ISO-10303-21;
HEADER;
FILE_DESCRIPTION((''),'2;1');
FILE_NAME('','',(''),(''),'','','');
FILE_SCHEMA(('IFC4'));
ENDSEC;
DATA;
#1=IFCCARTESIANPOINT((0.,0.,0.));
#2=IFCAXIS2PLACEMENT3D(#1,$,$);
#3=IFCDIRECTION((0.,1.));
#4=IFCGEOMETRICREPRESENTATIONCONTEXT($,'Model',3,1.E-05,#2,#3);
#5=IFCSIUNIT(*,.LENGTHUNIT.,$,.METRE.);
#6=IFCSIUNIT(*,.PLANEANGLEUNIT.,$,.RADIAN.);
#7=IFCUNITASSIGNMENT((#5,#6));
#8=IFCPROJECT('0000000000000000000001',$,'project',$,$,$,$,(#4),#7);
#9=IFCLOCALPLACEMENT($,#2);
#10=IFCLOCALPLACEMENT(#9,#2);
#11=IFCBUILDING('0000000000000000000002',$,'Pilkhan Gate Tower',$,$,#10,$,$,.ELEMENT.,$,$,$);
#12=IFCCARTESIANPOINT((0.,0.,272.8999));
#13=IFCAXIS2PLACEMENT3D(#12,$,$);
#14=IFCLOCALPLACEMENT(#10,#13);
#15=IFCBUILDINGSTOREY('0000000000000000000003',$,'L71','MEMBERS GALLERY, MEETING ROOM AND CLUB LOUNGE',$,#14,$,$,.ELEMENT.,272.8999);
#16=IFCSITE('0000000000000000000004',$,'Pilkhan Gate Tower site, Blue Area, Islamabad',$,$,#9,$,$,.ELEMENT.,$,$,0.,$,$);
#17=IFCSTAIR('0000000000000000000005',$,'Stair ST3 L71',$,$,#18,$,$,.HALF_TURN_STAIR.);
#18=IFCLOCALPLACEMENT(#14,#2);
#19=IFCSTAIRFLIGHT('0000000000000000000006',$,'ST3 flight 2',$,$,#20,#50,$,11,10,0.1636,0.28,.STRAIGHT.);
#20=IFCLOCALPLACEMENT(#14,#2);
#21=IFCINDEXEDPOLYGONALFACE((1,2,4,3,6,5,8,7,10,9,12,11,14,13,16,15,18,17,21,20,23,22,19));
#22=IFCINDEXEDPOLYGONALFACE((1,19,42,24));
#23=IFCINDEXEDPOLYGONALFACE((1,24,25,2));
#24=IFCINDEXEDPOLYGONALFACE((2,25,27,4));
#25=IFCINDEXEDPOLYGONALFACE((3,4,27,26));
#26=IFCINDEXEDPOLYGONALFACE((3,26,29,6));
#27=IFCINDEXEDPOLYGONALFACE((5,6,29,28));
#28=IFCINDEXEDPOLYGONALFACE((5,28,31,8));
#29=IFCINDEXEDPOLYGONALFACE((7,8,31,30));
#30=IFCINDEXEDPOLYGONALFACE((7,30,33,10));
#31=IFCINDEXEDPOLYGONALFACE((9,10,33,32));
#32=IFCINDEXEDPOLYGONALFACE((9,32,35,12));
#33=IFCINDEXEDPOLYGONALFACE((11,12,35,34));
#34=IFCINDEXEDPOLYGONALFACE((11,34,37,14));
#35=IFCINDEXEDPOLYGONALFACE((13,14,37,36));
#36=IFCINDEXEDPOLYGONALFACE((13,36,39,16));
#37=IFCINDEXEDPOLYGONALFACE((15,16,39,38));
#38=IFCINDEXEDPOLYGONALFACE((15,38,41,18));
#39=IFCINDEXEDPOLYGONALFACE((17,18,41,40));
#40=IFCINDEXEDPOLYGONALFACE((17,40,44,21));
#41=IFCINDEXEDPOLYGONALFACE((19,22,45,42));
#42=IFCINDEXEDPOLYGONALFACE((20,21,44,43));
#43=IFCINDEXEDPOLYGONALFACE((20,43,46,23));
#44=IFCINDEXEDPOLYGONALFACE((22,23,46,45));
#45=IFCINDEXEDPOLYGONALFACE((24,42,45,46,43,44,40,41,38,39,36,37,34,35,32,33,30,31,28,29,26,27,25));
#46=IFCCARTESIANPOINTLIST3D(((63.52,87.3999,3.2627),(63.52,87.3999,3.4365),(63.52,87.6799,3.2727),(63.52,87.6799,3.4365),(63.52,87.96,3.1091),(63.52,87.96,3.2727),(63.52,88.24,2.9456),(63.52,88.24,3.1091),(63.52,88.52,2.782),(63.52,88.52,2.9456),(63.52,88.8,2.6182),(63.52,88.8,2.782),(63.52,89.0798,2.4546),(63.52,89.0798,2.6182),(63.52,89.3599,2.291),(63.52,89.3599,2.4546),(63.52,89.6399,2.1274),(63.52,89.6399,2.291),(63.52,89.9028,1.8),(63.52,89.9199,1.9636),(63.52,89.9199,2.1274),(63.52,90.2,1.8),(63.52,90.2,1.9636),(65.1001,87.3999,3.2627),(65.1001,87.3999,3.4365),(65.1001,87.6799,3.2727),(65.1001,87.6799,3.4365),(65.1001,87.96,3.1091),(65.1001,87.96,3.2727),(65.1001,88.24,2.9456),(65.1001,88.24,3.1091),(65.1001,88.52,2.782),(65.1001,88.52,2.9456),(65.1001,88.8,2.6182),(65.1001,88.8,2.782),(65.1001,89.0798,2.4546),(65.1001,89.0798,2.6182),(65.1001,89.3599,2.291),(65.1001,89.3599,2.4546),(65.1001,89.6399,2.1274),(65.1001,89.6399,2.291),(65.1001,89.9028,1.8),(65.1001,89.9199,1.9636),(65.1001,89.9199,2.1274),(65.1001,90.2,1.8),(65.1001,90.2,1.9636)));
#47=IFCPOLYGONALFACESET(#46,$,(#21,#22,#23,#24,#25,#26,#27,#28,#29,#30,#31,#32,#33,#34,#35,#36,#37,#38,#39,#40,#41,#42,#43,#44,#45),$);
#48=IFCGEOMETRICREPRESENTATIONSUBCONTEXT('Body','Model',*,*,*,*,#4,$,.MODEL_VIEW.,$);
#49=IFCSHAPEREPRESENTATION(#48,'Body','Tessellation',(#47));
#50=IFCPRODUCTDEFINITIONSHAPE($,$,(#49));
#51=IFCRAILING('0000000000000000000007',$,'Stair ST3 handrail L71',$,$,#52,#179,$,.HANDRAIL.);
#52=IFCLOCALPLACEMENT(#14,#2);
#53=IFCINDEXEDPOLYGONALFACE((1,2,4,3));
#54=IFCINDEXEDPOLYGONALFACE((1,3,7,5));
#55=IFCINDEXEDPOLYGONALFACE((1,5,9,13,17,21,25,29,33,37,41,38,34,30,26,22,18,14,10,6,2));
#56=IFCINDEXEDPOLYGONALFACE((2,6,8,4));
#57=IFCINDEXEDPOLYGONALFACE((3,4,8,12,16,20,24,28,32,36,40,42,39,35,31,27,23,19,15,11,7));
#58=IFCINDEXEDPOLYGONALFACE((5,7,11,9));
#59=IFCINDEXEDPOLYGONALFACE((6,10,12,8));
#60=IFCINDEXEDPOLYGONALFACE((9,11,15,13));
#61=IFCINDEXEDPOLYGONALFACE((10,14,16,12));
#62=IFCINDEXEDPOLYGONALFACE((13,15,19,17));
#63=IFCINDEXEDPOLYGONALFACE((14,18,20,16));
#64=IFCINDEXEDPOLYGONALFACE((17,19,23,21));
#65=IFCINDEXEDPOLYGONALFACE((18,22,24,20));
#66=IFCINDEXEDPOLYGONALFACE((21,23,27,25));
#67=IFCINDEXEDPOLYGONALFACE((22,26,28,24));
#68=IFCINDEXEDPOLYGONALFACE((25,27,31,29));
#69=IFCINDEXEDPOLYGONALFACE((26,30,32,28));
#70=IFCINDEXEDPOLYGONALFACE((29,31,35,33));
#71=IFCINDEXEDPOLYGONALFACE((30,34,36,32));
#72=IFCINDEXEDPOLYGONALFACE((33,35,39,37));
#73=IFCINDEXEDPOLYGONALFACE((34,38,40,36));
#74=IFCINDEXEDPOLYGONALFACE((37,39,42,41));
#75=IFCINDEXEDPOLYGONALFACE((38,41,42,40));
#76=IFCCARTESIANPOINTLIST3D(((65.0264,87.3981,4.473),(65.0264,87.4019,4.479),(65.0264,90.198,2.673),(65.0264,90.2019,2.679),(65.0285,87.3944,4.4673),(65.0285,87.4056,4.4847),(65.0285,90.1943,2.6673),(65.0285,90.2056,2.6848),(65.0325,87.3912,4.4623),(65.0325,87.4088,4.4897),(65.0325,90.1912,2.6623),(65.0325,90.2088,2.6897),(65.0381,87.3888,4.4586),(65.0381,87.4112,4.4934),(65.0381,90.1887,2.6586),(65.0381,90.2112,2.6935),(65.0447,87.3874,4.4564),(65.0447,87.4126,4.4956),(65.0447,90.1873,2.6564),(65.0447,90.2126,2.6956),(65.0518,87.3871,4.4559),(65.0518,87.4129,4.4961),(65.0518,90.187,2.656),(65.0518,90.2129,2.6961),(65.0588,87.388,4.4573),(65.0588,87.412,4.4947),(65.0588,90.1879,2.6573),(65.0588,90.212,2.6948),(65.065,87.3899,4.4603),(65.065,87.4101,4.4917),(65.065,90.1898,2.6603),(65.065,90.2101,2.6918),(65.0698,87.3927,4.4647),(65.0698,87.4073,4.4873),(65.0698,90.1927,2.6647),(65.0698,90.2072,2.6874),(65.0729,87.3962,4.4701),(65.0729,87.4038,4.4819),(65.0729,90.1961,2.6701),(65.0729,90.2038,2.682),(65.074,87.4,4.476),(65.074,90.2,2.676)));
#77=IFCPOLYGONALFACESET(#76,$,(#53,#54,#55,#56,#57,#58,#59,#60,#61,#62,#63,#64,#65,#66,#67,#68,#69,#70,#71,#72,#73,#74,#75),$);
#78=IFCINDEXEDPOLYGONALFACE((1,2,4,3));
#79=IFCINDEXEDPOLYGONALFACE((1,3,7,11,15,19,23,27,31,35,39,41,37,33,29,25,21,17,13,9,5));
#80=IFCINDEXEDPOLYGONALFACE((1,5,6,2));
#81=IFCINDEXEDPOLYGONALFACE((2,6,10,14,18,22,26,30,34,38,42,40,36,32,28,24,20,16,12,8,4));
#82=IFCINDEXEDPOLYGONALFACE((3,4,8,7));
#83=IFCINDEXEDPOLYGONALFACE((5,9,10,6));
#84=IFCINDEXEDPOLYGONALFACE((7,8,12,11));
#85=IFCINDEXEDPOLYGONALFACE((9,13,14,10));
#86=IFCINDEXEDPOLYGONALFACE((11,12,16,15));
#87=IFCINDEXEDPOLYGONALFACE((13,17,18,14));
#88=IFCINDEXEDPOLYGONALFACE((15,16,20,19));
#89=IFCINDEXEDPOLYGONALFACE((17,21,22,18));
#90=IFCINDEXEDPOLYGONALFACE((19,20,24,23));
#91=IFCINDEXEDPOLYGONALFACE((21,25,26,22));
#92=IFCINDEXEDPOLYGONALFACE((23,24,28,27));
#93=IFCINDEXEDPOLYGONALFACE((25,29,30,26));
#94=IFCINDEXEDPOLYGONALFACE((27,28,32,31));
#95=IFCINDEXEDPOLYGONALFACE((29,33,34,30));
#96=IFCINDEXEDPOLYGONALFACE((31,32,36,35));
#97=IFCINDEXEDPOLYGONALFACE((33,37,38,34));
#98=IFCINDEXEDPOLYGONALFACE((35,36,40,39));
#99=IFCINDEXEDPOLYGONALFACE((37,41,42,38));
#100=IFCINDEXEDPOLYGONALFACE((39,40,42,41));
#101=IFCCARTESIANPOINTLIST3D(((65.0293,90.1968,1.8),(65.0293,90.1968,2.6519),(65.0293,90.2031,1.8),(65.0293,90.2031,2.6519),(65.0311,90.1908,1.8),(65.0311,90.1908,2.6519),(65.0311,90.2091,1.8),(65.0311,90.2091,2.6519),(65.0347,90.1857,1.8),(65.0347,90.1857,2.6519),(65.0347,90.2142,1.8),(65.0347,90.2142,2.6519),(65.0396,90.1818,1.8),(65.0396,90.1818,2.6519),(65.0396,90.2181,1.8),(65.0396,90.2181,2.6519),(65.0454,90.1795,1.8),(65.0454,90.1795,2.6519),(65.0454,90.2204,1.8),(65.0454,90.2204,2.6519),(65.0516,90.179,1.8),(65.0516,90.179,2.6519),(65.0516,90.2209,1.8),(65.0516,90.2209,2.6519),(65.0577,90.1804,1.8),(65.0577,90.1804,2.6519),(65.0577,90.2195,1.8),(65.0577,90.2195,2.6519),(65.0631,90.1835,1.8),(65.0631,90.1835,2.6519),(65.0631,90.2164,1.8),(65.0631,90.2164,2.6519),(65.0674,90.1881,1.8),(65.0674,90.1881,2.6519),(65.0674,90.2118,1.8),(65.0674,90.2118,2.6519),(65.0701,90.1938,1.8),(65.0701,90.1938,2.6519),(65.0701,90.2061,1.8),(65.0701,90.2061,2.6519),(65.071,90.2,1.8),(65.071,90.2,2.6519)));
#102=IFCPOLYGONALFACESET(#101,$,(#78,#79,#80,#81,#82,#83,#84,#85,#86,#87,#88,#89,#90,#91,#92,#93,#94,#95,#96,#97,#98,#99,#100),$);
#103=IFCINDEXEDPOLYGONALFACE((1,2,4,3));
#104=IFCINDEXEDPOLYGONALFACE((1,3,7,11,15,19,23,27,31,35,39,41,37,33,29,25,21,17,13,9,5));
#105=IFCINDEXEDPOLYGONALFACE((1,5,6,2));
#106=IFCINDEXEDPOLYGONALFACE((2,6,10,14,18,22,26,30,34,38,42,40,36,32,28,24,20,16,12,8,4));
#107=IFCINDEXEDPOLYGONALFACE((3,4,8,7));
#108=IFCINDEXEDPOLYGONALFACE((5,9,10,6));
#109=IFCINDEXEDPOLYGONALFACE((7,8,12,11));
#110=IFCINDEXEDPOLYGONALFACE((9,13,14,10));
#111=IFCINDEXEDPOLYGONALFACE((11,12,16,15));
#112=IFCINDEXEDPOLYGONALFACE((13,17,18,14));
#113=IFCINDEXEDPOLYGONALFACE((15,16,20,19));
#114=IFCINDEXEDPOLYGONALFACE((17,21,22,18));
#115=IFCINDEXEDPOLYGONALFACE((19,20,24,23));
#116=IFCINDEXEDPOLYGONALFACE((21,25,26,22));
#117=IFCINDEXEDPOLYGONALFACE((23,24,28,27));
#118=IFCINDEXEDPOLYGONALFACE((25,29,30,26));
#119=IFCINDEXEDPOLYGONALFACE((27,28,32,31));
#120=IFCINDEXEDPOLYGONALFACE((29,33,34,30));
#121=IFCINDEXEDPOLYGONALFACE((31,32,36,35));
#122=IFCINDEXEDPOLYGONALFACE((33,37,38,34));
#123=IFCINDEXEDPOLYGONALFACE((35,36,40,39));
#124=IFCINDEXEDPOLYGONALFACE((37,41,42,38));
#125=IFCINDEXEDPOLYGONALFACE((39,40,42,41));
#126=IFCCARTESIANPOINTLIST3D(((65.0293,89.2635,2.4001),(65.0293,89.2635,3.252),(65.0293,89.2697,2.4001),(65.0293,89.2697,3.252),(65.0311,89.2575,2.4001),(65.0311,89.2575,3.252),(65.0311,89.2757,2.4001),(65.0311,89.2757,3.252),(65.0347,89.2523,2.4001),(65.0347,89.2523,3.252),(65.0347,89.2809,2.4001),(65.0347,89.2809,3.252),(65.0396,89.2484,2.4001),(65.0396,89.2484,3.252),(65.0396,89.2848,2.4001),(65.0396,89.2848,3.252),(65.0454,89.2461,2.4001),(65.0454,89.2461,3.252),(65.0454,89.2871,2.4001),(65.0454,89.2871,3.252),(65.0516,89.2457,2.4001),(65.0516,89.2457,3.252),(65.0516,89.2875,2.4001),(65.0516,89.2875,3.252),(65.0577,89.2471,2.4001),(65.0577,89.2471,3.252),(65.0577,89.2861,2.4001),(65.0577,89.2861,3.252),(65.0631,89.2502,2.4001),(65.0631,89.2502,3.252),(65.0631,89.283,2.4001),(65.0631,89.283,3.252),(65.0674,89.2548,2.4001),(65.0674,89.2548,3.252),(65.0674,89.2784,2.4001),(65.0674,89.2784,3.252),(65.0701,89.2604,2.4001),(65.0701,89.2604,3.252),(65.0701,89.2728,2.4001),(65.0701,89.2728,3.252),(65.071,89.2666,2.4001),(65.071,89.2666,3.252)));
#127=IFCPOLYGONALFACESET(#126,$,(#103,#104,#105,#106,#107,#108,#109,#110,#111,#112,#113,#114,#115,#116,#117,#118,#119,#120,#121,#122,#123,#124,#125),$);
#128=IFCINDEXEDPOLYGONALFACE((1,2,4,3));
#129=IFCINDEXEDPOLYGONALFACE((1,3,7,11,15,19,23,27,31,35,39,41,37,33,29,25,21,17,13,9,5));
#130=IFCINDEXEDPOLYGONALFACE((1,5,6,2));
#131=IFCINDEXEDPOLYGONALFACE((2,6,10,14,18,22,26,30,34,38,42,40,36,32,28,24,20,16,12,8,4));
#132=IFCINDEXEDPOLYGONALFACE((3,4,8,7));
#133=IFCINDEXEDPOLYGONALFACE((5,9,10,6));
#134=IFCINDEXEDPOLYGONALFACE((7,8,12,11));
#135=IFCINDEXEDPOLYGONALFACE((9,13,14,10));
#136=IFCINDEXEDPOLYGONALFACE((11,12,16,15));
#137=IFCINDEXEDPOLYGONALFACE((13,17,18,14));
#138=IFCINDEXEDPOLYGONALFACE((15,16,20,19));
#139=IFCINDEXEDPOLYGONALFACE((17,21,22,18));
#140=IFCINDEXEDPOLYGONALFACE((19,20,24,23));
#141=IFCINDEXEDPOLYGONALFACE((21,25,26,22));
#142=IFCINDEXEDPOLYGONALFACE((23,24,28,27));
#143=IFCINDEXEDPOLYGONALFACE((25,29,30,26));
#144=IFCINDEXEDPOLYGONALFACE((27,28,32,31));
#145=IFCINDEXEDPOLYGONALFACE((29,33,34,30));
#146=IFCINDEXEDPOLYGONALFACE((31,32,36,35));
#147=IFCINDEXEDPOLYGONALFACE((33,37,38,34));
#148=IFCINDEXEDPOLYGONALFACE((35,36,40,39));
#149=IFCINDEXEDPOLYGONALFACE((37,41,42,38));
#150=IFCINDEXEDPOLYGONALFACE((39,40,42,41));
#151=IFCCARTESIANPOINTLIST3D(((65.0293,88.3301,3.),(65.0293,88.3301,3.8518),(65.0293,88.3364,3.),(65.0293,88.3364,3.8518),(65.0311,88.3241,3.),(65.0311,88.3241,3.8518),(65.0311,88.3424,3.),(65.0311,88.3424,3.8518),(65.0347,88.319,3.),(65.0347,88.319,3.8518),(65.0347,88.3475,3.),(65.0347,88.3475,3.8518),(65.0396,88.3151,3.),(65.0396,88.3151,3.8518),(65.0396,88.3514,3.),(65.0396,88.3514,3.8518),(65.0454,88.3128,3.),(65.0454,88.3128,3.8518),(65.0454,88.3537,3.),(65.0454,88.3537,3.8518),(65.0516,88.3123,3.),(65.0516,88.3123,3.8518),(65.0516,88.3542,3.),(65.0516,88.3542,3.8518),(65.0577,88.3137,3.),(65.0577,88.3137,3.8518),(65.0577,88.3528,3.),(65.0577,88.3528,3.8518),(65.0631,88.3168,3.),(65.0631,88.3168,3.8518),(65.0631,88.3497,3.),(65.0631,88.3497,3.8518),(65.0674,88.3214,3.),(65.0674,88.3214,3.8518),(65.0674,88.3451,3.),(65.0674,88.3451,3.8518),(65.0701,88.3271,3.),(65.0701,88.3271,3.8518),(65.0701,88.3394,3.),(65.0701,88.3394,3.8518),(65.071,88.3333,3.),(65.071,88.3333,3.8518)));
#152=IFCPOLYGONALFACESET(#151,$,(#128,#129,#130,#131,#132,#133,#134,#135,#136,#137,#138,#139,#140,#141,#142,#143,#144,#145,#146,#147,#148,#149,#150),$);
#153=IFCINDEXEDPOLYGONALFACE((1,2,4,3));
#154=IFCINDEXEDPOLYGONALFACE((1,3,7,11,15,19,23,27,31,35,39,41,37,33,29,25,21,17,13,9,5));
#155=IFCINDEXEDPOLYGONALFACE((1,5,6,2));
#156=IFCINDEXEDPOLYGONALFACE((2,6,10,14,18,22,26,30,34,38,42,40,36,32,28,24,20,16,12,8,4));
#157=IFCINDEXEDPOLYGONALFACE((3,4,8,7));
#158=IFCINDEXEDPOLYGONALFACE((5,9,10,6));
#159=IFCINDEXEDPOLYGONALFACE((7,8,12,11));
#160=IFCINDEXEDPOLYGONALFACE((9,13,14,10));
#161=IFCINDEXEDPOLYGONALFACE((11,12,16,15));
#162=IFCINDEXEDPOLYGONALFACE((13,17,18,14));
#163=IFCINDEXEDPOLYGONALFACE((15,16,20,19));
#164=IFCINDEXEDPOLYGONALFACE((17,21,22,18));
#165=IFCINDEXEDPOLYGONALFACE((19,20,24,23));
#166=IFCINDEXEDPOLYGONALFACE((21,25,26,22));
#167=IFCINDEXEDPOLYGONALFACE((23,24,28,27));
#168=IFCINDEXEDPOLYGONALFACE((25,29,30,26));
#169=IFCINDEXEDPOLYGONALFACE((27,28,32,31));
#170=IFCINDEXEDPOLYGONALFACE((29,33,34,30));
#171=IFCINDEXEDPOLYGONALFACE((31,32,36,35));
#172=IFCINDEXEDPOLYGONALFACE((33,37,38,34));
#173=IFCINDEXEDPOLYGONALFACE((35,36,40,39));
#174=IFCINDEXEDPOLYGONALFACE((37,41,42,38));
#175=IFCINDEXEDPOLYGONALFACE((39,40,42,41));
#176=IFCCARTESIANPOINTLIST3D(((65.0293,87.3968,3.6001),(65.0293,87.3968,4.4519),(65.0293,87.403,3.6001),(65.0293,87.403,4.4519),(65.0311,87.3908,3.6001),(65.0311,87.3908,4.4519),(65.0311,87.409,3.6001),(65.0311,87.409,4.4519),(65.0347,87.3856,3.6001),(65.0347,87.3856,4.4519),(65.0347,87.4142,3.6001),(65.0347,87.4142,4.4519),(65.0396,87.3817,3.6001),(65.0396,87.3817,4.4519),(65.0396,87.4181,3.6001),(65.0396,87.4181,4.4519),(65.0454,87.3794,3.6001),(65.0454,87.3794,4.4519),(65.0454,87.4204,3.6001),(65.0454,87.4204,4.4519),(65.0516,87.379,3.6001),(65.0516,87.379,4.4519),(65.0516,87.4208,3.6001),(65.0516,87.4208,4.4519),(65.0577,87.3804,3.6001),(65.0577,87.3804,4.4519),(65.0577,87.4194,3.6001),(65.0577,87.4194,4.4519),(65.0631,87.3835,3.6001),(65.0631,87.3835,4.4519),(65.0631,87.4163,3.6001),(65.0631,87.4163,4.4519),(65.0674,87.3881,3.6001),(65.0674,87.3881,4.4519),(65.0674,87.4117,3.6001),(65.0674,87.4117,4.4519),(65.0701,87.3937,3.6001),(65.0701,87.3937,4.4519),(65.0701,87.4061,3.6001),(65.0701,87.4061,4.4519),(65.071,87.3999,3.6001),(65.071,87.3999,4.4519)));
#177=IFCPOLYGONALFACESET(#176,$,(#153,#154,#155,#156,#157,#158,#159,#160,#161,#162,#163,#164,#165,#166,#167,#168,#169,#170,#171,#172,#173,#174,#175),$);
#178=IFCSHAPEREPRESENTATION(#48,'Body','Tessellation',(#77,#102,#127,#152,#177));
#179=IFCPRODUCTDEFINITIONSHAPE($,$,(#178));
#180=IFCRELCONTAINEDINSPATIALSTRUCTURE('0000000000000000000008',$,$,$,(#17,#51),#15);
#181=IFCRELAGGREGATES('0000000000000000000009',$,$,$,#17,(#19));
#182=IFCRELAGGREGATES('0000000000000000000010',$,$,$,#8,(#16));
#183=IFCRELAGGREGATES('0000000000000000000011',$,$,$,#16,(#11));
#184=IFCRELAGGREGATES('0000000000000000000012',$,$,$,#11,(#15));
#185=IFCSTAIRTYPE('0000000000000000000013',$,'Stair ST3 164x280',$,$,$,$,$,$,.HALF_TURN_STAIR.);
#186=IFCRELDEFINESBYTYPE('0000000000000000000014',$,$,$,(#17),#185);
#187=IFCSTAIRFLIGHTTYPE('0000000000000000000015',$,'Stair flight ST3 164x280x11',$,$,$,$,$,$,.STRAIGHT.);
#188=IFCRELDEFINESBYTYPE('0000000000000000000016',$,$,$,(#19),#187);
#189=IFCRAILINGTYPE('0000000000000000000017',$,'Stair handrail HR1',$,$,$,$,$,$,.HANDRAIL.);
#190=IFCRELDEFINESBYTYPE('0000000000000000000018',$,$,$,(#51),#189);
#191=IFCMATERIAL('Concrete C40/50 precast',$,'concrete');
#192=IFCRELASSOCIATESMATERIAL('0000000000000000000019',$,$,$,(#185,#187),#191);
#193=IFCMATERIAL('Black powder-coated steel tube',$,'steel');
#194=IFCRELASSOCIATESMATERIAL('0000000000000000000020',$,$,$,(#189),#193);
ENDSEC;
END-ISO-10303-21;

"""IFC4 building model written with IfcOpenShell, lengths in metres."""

from ifc_helpers import new_model, si_unit, direction, frame, origin, origin_2d, place, context, subcontext, project, spatial, polyline, circle, outline, extrude, material, type_object, element, aggregate, save


model = new_model("IFC4")

# Units and contexts
model_context = context("Model", 3, precision=1e-05, world=origin(), true_north=direction((0.0, 1.0)))
body_context = subcontext(model_context, "Body", "Model", "MODEL_VIEW")
ifc_project = project(units=[si_unit("LENGTHUNIT", "METRE"), si_unit("PLANEANGLEUNIT", "RADIAN")], contexts=[model_context])

# Site, building, storey
site_placement = place(None, origin())
site = spatial("IfcSite", under=ifc_project, at=site_placement, Name="Pilkhan Gate Tower site, Blue Area, Islamabad", CompositionType="ELEMENT", RefElevation=0.0)
building_placement = place(site_placement, origin())
building = spatial("IfcBuilding", under=site, at=building_placement, Name="Pilkhan Gate Tower", CompositionType="ELEMENT")
storey_placement = place(building_placement, frame((0.0, 0.0, 272.8999)))
storey = spatial("IfcBuildingStorey", under=building, at=storey_placement, Name="L71", Description="MEMBERS GALLERY, MEETING ROOM AND CLUB LOUNGE", CompositionType="ELEMENT", Elevation=272.8999)

# Stair, stair flight
ifc_material_1 = material(Name="Concrete C40/50 precast", Category="concrete")
stair_type = type_object("IfcStairType", Name="Stair ST3 164x280", PredefinedType="HALF_TURN_STAIR", material=ifc_material_1)
stair_placement = place(storey_placement, origin())
stair = element("IfcStair", 1, at=stair_placement, inside=storey, type_object=stair_type, Name="Stair ST3 L71", PredefinedType="HALF_TURN_STAIR")
stair_flight_type = type_object("IfcStairFlightType", Name="Stair flight ST3 164x280x11", PredefinedType="STRAIGHT", material=ifc_material_1)
stair_flight_placement = place(storey_placement, frame((64.3101, 90.2, 1.8), z_axis=(0.0, 0.0, 1.0), x_axis=(0.0, -1.0, 0.0)))
stair_flight = element("IfcStairFlight", 2, at=stair_flight_placement, type_object=stair_flight_type, Name="ST3 flight 2", NumberOfRisers=11, NumberOfTreads=10, PredefinedType="STRAIGHT", RiserHeight=0.1636, TreadLength=0.28, context=body_context, shape_type="SweptSolid", body=[
    extrude(outline(polyline([(0.0, 0.0), (0.0, 0.1636), (0.28, 0.1636), (0.28, 0.3274), (0.5601, 0.3274), (0.5601, 0.491), (0.8401, 0.491), (0.8401, 0.6545), (1.1201, 0.6545), (1.1201, 0.8181), (1.3999, 0.8181), (1.3999, 0.9819), (1.6799, 0.9819), (1.6799, 1.1455), (1.96, 1.1455), (1.96, 1.3091), (2.24, 1.3091), (2.24, 1.4727), (2.52, 1.4727), (2.52, 1.6365), (2.8, 1.6365), (2.8, 1.8), (2.8, 1.4626), (0.2971, 0.0), (0.0, 0.0)])), frame((0.0, 0.79, 0.0), z_axis=(0.0, -1.0, 0.0), x_axis=(1.0, 0.0, 0.0)), (0.0, 0.0, 1.0), 1.5801),
])
aggregate(stair, [stair_flight])

# Railing
ifc_material_2 = material(Name="Black powder-coated steel tube", Category="steel")
railing_type_1 = type_object("IfcRailingType", Name="Stair handrail HR1", PredefinedType="HANDRAIL", material=ifc_material_2)
railing_placement = place(storey_placement, frame((65.05, 90.2, 1.8)))
element("IfcRailing", 3, at=railing_placement, inside=storey, type_object=railing_type_1, Name="Stair ST3 handrail L71", PredefinedType="HANDRAIL", context=body_context, shape_type="SweptSolid", body=[
    extrude(circle(Radius=0.0239, at=origin_2d()), frame((0.0, 0.0, 0.876), z_axis=(0.0, -0.841176, 0.540761), x_axis=(1.0, 0.0, 0.0)), (0.0, 0.0, 1.0), 3.3286),
    extrude(circle(Radius=0.021, at=origin_2d()), origin(), (0.0, 0.0, 1.0), 0.8518),
    extrude(circle(Radius=0.021, at=origin_2d()), frame((0.0, -0.9333, 0.6001)), (0.0, 0.0, 1.0), 0.8518),
    extrude(circle(Radius=0.021, at=origin_2d()), frame((0.0, -1.8667, 1.2)), (0.0, 0.0, 1.0), 0.8518),
    extrude(circle(Radius=0.021, at=origin_2d()), frame((0.0, -2.8, 1.8)), (0.0, 0.0, 1.0), 0.8518),
])

save(model, "model.ifc")
